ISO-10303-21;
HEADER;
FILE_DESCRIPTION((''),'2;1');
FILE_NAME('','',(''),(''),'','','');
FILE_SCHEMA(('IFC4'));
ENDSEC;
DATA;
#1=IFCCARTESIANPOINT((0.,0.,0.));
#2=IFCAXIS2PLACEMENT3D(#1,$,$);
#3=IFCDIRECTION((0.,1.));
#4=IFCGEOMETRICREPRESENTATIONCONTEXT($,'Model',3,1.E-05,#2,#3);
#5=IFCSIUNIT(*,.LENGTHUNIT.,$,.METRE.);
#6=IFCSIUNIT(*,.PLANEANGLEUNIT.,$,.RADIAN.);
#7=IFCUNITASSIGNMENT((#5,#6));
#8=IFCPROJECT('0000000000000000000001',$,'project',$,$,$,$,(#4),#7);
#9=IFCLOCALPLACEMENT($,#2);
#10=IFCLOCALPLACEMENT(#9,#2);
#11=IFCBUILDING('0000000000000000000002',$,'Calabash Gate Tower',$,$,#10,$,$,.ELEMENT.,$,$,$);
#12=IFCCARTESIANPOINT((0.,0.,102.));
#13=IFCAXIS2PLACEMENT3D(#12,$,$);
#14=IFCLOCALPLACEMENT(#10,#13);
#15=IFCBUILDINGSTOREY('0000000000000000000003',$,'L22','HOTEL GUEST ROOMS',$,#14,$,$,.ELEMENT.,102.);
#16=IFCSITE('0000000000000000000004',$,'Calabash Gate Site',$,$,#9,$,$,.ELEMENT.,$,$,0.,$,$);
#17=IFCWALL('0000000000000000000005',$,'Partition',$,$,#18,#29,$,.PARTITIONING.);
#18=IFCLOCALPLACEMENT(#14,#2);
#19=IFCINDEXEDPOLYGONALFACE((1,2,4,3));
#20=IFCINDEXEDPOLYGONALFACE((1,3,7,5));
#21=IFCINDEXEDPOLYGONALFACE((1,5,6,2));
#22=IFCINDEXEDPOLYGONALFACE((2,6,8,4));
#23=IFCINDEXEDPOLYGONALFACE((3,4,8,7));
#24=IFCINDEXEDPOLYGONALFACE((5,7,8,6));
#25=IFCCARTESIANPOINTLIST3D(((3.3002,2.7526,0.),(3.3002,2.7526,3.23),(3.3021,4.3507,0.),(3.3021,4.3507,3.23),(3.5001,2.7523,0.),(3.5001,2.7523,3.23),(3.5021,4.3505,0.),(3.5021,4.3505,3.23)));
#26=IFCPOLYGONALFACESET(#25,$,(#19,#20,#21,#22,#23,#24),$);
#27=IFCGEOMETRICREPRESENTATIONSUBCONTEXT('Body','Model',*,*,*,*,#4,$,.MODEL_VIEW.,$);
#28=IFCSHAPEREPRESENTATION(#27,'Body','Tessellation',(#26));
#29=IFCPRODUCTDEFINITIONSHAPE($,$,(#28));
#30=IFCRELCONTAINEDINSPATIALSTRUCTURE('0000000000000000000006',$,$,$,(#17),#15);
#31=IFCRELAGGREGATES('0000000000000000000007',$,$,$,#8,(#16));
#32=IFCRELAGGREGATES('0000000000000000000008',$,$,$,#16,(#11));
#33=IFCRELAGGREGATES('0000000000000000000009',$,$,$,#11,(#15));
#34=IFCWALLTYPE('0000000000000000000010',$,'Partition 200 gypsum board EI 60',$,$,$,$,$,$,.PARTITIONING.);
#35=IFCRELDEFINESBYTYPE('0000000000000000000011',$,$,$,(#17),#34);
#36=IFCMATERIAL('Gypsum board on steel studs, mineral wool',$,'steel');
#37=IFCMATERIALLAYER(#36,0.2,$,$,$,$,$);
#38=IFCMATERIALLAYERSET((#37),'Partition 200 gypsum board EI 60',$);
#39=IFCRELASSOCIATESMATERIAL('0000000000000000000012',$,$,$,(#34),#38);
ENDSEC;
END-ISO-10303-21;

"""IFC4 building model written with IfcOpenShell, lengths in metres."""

from ifc_helpers import new_model, si_unit, direction, frame, frame_2d, origin, place, context, subcontext, project, spatial, rectangle, extrude, material, layer, layer_set, type_object, element, save


model = new_model("IFC4")

# Units and contexts
model_context = context("Model", 3, precision=1e-05, world=origin(), true_north=direction((0.0, 1.0)))
body_context = subcontext(model_context, "Body", "Model", "MODEL_VIEW")
ifc_project = project(units=[si_unit("LENGTHUNIT", "METRE"), si_unit("PLANEANGLEUNIT", "RADIAN")], contexts=[model_context])

# Site, building, storey
site_placement = place(None, origin())
site = spatial("IfcSite", under=ifc_project, at=site_placement, Name="Calabash Gate Site", CompositionType="ELEMENT", RefElevation=0.0)
building_placement = place(site_placement, origin())
building = spatial("IfcBuilding", under=site, at=building_placement, Name="Calabash Gate Tower", CompositionType="ELEMENT")
storey_placement = place(building_placement, frame((0.0, 0.0, 102.0)))
storey = spatial("IfcBuildingStorey", under=building, at=storey_placement, Name="L22", Description="HOTEL GUEST ROOMS", CompositionType="ELEMENT", Elevation=102.0)

# Shared definitions
ifc_material_1 = material(Name="Gypsum board on steel studs, mineral wool", Category="steel")
ifc_layer_1 = layer(ifc_material_1, 0.2)
ifc_layer_set_1 = layer_set([ifc_layer_1], Name="Partition 200 gypsum board EI 60")
wall_type_1 = type_object("IfcWallType", Name="Partition 200 gypsum board EI 60", PredefinedType="PARTITIONING", material=ifc_layer_set_1)

# Wall
wall_1_placement = place(storey_placement, frame((3.4001, 2.7524, 0.0), z_axis=(0.0, 0.0, 1.0), x_axis=(0.001222, 0.999999, 0.0)))
element("IfcWall", 1, at=wall_1_placement, inside=storey, type_object=wall_type_1, Name="Partition", PredefinedType="PARTITIONING", context=body_context, shape_type="SweptSolid", body=[
    extrude(rectangle(XDim=1.5981, YDim=0.2, at=frame_2d((0.7991, 0.0))), origin(), (0.0, 0.0, 1.0), 3.23),
])

save(model, "model.ifc")
